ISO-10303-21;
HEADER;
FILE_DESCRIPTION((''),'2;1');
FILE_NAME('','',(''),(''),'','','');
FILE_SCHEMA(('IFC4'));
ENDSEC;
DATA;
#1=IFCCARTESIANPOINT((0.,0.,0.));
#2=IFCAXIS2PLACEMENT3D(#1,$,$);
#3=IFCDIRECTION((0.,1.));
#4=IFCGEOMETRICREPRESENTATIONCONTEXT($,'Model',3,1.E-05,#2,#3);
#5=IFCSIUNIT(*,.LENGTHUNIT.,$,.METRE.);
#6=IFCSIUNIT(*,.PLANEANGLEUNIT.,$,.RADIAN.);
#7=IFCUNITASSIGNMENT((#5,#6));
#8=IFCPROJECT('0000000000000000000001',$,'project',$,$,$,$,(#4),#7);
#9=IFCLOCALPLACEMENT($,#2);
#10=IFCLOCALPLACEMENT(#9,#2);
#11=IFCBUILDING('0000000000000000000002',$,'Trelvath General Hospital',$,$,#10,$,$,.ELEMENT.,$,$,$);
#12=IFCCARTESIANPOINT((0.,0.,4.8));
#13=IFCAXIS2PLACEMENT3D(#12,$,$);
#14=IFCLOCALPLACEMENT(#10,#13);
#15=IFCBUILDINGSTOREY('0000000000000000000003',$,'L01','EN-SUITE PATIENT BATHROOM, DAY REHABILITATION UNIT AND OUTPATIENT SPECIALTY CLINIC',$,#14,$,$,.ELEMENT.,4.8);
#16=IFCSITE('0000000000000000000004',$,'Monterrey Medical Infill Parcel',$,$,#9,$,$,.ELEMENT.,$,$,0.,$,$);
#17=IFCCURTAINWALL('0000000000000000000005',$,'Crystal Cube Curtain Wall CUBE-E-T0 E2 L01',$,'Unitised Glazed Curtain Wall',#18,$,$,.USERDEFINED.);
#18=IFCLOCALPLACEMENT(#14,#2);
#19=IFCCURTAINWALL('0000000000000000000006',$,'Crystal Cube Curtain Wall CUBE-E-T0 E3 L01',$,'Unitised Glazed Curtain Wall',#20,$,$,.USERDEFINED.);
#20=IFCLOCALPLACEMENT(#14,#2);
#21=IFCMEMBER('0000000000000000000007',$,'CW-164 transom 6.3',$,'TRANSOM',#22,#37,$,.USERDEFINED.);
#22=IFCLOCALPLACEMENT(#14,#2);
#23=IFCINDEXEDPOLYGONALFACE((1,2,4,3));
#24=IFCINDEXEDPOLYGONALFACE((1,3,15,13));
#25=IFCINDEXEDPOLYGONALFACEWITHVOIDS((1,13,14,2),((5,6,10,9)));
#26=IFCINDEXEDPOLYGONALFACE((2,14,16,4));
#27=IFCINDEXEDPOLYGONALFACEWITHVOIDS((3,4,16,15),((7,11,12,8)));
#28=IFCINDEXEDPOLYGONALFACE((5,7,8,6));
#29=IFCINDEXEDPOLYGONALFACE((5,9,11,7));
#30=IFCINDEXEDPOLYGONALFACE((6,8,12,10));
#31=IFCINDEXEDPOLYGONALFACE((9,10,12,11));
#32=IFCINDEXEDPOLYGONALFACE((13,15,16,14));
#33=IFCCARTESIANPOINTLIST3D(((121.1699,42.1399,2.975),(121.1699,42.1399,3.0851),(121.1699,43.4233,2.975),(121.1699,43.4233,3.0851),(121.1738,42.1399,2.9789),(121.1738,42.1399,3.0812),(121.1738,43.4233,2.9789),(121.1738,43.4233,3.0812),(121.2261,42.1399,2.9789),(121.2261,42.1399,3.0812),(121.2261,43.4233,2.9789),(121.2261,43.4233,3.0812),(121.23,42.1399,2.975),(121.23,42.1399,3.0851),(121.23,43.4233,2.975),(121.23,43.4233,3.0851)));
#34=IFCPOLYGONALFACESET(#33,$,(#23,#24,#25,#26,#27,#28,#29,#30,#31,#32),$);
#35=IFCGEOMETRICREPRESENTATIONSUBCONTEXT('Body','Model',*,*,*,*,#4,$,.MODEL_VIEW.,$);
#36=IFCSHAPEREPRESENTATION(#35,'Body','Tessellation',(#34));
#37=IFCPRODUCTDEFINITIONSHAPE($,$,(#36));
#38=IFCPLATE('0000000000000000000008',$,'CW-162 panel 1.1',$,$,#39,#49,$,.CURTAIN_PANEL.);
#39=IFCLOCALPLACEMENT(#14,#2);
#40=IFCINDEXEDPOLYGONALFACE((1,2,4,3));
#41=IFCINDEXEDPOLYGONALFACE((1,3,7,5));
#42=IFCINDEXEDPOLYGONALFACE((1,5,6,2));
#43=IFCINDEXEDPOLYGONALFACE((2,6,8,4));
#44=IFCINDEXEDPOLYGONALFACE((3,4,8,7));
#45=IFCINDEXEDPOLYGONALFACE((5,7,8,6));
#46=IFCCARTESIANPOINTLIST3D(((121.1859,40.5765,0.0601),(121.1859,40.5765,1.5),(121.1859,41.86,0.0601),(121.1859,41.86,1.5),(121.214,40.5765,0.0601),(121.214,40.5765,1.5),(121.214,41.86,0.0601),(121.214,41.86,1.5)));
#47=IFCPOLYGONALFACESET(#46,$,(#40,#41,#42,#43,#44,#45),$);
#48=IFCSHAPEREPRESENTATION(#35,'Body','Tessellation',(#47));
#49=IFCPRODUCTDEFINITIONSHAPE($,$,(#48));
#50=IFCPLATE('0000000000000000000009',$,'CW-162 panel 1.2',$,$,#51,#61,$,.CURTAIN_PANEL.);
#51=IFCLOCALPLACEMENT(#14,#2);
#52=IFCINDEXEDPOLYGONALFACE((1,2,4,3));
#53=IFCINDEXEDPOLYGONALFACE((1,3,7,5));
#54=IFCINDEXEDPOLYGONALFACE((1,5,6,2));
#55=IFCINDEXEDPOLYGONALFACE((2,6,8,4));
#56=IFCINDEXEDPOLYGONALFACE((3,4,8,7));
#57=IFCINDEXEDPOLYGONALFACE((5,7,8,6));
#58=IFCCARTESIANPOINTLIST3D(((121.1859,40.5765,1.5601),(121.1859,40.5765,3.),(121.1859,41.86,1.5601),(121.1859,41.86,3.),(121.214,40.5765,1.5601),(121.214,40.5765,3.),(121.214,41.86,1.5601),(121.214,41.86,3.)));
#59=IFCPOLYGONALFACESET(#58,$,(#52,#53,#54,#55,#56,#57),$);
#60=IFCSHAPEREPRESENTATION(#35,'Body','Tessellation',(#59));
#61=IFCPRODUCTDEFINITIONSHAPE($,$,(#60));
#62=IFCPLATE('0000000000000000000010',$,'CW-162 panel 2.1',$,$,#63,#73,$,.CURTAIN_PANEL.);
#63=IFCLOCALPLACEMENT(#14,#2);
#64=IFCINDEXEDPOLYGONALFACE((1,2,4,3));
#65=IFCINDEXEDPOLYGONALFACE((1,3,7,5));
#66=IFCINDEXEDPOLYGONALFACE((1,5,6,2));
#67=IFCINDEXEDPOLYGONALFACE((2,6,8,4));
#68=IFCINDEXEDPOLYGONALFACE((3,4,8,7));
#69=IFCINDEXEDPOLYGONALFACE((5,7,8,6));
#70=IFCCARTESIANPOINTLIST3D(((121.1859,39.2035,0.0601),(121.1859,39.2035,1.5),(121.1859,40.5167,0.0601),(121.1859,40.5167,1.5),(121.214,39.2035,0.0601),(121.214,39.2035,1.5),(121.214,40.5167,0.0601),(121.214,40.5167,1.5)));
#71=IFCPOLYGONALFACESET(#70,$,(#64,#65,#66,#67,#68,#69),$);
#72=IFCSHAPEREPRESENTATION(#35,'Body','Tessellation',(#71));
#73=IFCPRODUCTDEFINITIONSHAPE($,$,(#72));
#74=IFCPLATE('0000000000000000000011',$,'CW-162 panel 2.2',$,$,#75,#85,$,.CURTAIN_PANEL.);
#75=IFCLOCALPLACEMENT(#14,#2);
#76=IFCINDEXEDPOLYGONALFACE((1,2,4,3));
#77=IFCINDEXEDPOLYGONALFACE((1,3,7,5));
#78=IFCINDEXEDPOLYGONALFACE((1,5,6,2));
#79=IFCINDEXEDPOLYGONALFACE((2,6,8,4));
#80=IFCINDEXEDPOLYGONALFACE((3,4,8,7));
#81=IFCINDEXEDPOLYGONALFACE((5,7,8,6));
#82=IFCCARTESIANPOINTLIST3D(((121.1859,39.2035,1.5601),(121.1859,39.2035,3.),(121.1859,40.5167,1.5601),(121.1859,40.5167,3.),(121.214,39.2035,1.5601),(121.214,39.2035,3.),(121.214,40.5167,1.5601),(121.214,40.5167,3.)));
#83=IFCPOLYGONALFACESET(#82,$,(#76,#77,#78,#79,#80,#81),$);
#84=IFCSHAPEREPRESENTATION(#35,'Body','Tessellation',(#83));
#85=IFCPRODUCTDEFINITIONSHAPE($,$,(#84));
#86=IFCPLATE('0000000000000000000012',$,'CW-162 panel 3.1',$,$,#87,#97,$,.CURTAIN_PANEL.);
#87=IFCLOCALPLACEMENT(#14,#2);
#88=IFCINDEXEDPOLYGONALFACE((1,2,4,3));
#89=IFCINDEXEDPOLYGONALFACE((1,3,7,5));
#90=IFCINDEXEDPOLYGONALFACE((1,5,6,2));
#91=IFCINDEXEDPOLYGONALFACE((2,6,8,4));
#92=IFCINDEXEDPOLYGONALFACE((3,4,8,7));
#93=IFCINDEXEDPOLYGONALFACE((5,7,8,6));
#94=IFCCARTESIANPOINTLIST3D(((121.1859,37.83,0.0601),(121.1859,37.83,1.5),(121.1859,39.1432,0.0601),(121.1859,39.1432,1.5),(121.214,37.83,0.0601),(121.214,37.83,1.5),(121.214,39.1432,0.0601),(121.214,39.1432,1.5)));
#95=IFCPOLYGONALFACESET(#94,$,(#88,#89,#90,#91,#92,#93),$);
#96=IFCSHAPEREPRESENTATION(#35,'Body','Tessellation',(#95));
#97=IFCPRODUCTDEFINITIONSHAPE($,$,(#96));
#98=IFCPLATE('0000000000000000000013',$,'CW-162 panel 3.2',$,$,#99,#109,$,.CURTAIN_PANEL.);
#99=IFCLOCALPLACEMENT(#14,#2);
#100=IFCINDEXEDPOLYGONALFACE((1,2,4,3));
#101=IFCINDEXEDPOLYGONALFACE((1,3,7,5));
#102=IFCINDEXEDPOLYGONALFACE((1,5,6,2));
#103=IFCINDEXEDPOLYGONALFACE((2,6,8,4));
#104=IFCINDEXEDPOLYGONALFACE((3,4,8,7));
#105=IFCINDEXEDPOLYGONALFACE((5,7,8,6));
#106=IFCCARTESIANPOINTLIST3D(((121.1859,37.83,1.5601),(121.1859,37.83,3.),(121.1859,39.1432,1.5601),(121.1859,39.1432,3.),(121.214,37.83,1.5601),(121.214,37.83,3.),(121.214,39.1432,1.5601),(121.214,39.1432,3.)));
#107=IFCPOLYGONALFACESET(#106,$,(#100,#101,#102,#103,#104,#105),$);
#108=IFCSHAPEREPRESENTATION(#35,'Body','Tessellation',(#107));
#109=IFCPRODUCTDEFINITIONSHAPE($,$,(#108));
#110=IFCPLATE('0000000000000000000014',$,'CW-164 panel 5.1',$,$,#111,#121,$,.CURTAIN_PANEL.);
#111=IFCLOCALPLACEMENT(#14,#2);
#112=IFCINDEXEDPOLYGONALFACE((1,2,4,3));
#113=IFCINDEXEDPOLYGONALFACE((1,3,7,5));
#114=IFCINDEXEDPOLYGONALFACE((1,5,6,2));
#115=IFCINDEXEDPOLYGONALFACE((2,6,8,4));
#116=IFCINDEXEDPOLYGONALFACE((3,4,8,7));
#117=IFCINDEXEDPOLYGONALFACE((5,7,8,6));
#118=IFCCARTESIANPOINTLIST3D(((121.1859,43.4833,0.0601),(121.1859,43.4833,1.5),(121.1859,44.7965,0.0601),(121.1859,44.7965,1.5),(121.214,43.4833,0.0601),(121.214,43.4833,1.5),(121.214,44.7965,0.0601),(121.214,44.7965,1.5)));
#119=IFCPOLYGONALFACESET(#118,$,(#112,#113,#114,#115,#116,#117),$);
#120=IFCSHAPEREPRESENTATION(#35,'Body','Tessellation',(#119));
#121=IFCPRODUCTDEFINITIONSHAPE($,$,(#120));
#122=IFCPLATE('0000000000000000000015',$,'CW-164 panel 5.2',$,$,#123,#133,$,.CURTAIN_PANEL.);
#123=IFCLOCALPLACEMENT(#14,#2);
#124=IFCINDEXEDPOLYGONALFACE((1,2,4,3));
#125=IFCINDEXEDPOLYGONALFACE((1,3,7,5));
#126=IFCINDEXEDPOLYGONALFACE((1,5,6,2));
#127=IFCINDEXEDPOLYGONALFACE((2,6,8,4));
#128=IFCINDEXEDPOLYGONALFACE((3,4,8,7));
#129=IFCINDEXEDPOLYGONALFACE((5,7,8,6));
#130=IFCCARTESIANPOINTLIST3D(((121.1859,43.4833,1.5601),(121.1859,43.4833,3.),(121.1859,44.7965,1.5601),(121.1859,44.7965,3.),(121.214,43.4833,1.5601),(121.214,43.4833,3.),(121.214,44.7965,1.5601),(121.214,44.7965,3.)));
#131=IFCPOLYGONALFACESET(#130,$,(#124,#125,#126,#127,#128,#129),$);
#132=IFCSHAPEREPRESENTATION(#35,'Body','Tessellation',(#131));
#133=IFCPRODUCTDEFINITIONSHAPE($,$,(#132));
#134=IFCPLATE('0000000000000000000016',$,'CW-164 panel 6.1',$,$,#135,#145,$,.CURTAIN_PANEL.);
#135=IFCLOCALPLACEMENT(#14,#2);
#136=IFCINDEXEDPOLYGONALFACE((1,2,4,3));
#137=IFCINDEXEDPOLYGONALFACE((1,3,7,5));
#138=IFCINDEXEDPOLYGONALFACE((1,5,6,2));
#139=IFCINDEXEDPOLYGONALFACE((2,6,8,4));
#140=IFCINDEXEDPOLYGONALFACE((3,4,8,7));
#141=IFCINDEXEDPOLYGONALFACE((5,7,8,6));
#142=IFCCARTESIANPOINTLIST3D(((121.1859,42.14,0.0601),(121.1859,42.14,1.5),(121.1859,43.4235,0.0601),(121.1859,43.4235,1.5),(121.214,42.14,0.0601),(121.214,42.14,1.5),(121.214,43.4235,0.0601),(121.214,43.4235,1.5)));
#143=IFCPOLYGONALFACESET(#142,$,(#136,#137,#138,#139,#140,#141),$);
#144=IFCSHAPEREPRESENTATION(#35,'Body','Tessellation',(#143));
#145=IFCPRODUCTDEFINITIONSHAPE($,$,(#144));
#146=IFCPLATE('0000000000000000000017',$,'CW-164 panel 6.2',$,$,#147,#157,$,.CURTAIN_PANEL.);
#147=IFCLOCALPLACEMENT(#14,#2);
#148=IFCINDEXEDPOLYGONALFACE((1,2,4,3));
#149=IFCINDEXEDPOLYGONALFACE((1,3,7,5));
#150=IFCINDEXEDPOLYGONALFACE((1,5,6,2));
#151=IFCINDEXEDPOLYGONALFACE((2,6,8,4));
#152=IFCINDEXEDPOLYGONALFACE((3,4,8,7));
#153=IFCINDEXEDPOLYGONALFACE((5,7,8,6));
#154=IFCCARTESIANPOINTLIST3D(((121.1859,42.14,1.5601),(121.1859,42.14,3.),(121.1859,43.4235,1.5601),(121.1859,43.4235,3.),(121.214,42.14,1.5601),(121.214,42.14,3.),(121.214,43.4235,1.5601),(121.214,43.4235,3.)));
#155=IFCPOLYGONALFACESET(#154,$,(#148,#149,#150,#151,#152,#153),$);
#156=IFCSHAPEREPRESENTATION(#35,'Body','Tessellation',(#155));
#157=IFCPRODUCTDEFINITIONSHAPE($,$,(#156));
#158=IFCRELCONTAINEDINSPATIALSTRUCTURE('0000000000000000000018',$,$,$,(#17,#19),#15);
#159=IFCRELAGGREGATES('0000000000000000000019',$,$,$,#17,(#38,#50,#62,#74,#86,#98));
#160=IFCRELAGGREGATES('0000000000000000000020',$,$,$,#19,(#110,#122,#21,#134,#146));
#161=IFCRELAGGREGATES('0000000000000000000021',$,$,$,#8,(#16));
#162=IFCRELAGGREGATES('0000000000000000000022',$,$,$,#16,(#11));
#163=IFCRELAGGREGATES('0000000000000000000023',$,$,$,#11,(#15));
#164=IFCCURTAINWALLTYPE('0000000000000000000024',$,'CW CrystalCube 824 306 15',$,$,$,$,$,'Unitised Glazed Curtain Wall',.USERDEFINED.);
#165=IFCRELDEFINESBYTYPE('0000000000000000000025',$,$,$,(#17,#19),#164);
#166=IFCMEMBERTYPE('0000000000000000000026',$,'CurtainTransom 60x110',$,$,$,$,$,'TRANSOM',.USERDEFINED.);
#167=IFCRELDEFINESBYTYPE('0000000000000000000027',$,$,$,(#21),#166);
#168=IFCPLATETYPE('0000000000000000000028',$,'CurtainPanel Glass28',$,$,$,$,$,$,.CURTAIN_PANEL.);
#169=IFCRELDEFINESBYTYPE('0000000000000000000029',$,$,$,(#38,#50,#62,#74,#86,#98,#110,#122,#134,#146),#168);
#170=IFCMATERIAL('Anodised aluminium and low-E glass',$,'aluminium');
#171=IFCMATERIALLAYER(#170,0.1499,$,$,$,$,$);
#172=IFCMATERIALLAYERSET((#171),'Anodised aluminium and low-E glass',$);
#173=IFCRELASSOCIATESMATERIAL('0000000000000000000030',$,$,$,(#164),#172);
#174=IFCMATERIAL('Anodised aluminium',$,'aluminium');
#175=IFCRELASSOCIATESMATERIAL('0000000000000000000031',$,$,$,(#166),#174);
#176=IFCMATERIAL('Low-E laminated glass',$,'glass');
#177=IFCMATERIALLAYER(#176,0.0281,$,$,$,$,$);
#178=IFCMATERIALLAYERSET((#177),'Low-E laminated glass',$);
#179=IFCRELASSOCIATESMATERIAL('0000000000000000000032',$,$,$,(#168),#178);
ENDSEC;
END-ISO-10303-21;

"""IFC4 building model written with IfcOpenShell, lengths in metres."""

from ifc_helpers import new_model, si_unit, direction, frame, origin, origin_2d, place, context, subcontext, project, spatial, rectangle, hollow_rectangle, extrude, material, layer, layer_set, material_profile, profile_set, type_object, element, aggregate, save


model = new_model("IFC4")

# Units and contexts
model_context = context("Model", 3, precision=1e-05, world=origin(), true_north=direction((0.0, 1.0)))
body_context = subcontext(model_context, "Body", "Model", "MODEL_VIEW")
ifc_project = project(units=[si_unit("LENGTHUNIT", "METRE"), si_unit("PLANEANGLEUNIT", "RADIAN")], contexts=[model_context])

# Site, building, storey
site_placement = place(None, origin())
site = spatial("IfcSite", under=ifc_project, at=site_placement, Name="Monterrey Medical Infill Parcel", CompositionType="ELEMENT", RefElevation=0.0)
building_placement = place(site_placement, origin())
building = spatial("IfcBuilding", under=site, at=building_placement, Name="Trelvath General Hospital", CompositionType="ELEMENT")
storey_placement = place(building_placement, frame((0.0, 0.0, 4.8)))
storey = spatial("IfcBuildingStorey", under=building, at=storey_placement, Name="L01", Description="EN-SUITE PATIENT BATHROOM, DAY REHABILITATION UNIT AND OUTPATIENT SPECIALTY CLINIC", CompositionType="ELEMENT", Elevation=4.8)

# Curtain walls
ifc_material_1 = material(Name="Anodised aluminium and low-E glass", Category="aluminium")
ifc_layer_1 = layer(ifc_material_1, 0.1499)
ifc_layer_set_1 = layer_set([ifc_layer_1], Name="Anodised aluminium and low-E glass")
curtain_wall_type = type_object("IfcCurtainWallType", Name="CW CrystalCube 824 306 15", ElementType="Unitised Glazed Curtain Wall", PredefinedType="USERDEFINED", material=ifc_layer_set_1)
curtain_wall_1_placement = place(storey_placement, origin())
curtain_wall_1 = element("IfcCurtainWall", 1, at=curtain_wall_1_placement, inside=storey, type_object=curtain_wall_type, Name="Crystal Cube Curtain Wall CUBE-E-T0 E2 L01", ObjectType="Unitised Glazed Curtain Wall", PredefinedType="USERDEFINED")
curtain_wall_2_placement = place(storey_placement, origin())
curtain_wall_2 = element("IfcCurtainWall", 2, at=curtain_wall_2_placement, inside=storey, type_object=curtain_wall_type, Name="Crystal Cube Curtain Wall CUBE-E-T0 E3 L01", ObjectType="Unitised Glazed Curtain Wall", PredefinedType="USERDEFINED")

# Member
ifc_material_2 = material(Name="Anodised aluminium", Category="aluminium")
ifc_material_profile_1 = material_profile(ifc_material_2, hollow_rectangle(XDim=0.0601, YDim=0.1101, WallThickness=0.0039, at=origin_2d()), Name="RHS60x110x4")
ifc_profile_set_1 = profile_set([ifc_material_profile_1], Name="Anodised aluminium")
member_type_1 = type_object("IfcMemberType", Name="CurtainTransom 60x110", ElementType="TRANSOM", PredefinedType="USERDEFINED", material=ifc_profile_set_1)
member_1_placement = place(storey_placement, frame((121.2, 43.4233, 3.03), z_axis=(0.0, -1.0, 0.0), x_axis=(1.0, 0.0, 0.0)))
member_1 = element("IfcMember", 3, at=member_1_placement, type_object=member_type_1, Name="CW-164 transom 6.3", ObjectType="TRANSOM", PredefinedType="USERDEFINED", context=body_context, shape_type="SweptSolid", body=[
    extrude(hollow_rectangle(XDim=0.0601, YDim=0.1101, WallThickness=0.0039, at=origin_2d()), origin(), (0.0, 0.0, 1.0), 1.2834),
])

# Plates
ifc_material_3 = material(Name="Low-E laminated glass", Category="glass")
ifc_layer_2 = layer(ifc_material_3, 0.0281)
ifc_layer_set_2 = layer_set([ifc_layer_2], Name="Low-E laminated glass")
plate_type = type_object("IfcPlateType", Name="CurtainPanel Glass28", PredefinedType="CURTAIN_PANEL", material=ifc_layer_set_2)
plate_1_placement = place(storey_placement, frame((121.2, 41.2183, 0.0601), z_axis=(0.0, 0.0, 1.0), x_axis=(0.0, -1.0, 0.0)))
plate_1 = element("IfcPlate", 4, at=plate_1_placement, type_object=plate_type, Name="CW-162 panel 1.1", PredefinedType="CURTAIN_PANEL", context=body_context, shape_type="SweptSolid", body=[
    extrude(rectangle(XDim=1.2834, YDim=0.0281, at=origin_2d()), origin(), (0.0, 0.0, 1.0), 1.4399),
])
plate_2_placement = place(storey_placement, frame((121.2, 41.2183, 1.5601), z_axis=(0.0, 0.0, 1.0), x_axis=(0.0, -1.0, 0.0)))
plate_2 = element("IfcPlate", 5, at=plate_2_placement, type_object=plate_type, Name="CW-162 panel 1.2", PredefinedType="CURTAIN_PANEL", context=body_context, shape_type="SweptSolid", body=[
    extrude(rectangle(XDim=1.2834, YDim=0.0281, at=origin_2d()), origin(), (0.0, 0.0, 1.0), 1.4399),
])
plate_3_placement = place(storey_placement, frame((121.2, 39.8601, 0.0601), z_axis=(0.0, 0.0, 1.0), x_axis=(0.0, -1.0, 0.0)))
plate_3 = element("IfcPlate", 6, at=plate_3_placement, type_object=plate_type, Name="CW-162 panel 2.1", PredefinedType="CURTAIN_PANEL", context=body_context, shape_type="SweptSolid", body=[
    extrude(rectangle(XDim=1.3132, YDim=0.0281, at=origin_2d()), origin(), (0.0, 0.0, 1.0), 1.4399),
])
plate_4_placement = place(storey_placement, frame((121.2, 39.8601, 1.5601), z_axis=(0.0, 0.0, 1.0), x_axis=(0.0, -1.0, 0.0)))
plate_4 = element("IfcPlate", 7, at=plate_4_placement, type_object=plate_type, Name="CW-162 panel 2.2", PredefinedType="CURTAIN_PANEL", context=body_context, shape_type="SweptSolid", body=[
    extrude(rectangle(XDim=1.3132, YDim=0.0281, at=origin_2d()), origin(), (0.0, 0.0, 1.0), 1.4399),
])
plate_5_placement = place(storey_placement, frame((121.2, 38.4866, 0.0601), z_axis=(0.0, 0.0, 1.0), x_axis=(0.0, -1.0, 0.0)))
plate_5 = element("IfcPlate", 8, at=plate_5_placement, type_object=plate_type, Name="CW-162 panel 3.1", PredefinedType="CURTAIN_PANEL", context=body_context, shape_type="SweptSolid", body=[
    extrude(rectangle(XDim=1.3132, YDim=0.0281, at=origin_2d()), origin(), (0.0, 0.0, 1.0), 1.4399),
])
plate_6_placement = place(storey_placement, frame((121.2, 38.4866, 1.5601), z_axis=(0.0, 0.0, 1.0), x_axis=(0.0, -1.0, 0.0)))
plate_6 = element("IfcPlate", 9, at=plate_6_placement, type_object=plate_type, Name="CW-162 panel 3.2", PredefinedType="CURTAIN_PANEL", context=body_context, shape_type="SweptSolid", body=[
    extrude(rectangle(XDim=1.3132, YDim=0.0281, at=origin_2d()), origin(), (0.0, 0.0, 1.0), 1.4399),
])
aggregate(curtain_wall_1, [plate_1, plate_2, plate_3, plate_4, plate_5, plate_6])
plate_7_placement = place(storey_placement, frame((121.2, 44.1399, 0.0601), z_axis=(0.0, 0.0, 1.0), x_axis=(0.0, -1.0, 0.0)))
plate_7 = element("IfcPlate", 10, at=plate_7_placement, type_object=plate_type, Name="CW-164 panel 5.1", PredefinedType="CURTAIN_PANEL", context=body_context, shape_type="SweptSolid", body=[
    extrude(rectangle(XDim=1.3132, YDim=0.0281, at=origin_2d()), origin(), (0.0, 0.0, 1.0), 1.4399),
])
plate_8_placement = place(storey_placement, frame((121.2, 44.1399, 1.5601), z_axis=(0.0, 0.0, 1.0), x_axis=(0.0, -1.0, 0.0)))
plate_8 = element("IfcPlate", 11, at=plate_8_placement, type_object=plate_type, Name="CW-164 panel 5.2", PredefinedType="CURTAIN_PANEL", context=body_context, shape_type="SweptSolid", body=[
    extrude(rectangle(XDim=1.3132, YDim=0.0281, at=origin_2d()), origin(), (0.0, 0.0, 1.0), 1.4399),
])
plate_9_placement = place(storey_placement, frame((121.2, 42.7817, 0.0601), z_axis=(0.0, 0.0, 1.0), x_axis=(0.0, -1.0, 0.0)))
plate_9 = element("IfcPlate", 12, at=plate_9_placement, type_object=plate_type, Name="CW-164 panel 6.1", PredefinedType="CURTAIN_PANEL", context=body_context, shape_type="SweptSolid", body=[
    extrude(rectangle(XDim=1.2834, YDim=0.0281, at=origin_2d()), origin(), (0.0, 0.0, 1.0), 1.4399),
])
plate_10_placement = place(storey_placement, frame((121.2, 42.7817, 1.5601), z_axis=(0.0, 0.0, 1.0), x_axis=(0.0, -1.0, 0.0)))
plate_10 = element("IfcPlate", 13, at=plate_10_placement, type_object=plate_type, Name="CW-164 panel 6.2", PredefinedType="CURTAIN_PANEL", context=body_context, shape_type="SweptSolid", body=[
    extrude(rectangle(XDim=1.2834, YDim=0.0281, at=origin_2d()), origin(), (0.0, 0.0, 1.0), 1.4399),
])
aggregate(curtain_wall_2, [plate_7, plate_8, member_1, plate_9, plate_10])

save(model, "model.ifc")
